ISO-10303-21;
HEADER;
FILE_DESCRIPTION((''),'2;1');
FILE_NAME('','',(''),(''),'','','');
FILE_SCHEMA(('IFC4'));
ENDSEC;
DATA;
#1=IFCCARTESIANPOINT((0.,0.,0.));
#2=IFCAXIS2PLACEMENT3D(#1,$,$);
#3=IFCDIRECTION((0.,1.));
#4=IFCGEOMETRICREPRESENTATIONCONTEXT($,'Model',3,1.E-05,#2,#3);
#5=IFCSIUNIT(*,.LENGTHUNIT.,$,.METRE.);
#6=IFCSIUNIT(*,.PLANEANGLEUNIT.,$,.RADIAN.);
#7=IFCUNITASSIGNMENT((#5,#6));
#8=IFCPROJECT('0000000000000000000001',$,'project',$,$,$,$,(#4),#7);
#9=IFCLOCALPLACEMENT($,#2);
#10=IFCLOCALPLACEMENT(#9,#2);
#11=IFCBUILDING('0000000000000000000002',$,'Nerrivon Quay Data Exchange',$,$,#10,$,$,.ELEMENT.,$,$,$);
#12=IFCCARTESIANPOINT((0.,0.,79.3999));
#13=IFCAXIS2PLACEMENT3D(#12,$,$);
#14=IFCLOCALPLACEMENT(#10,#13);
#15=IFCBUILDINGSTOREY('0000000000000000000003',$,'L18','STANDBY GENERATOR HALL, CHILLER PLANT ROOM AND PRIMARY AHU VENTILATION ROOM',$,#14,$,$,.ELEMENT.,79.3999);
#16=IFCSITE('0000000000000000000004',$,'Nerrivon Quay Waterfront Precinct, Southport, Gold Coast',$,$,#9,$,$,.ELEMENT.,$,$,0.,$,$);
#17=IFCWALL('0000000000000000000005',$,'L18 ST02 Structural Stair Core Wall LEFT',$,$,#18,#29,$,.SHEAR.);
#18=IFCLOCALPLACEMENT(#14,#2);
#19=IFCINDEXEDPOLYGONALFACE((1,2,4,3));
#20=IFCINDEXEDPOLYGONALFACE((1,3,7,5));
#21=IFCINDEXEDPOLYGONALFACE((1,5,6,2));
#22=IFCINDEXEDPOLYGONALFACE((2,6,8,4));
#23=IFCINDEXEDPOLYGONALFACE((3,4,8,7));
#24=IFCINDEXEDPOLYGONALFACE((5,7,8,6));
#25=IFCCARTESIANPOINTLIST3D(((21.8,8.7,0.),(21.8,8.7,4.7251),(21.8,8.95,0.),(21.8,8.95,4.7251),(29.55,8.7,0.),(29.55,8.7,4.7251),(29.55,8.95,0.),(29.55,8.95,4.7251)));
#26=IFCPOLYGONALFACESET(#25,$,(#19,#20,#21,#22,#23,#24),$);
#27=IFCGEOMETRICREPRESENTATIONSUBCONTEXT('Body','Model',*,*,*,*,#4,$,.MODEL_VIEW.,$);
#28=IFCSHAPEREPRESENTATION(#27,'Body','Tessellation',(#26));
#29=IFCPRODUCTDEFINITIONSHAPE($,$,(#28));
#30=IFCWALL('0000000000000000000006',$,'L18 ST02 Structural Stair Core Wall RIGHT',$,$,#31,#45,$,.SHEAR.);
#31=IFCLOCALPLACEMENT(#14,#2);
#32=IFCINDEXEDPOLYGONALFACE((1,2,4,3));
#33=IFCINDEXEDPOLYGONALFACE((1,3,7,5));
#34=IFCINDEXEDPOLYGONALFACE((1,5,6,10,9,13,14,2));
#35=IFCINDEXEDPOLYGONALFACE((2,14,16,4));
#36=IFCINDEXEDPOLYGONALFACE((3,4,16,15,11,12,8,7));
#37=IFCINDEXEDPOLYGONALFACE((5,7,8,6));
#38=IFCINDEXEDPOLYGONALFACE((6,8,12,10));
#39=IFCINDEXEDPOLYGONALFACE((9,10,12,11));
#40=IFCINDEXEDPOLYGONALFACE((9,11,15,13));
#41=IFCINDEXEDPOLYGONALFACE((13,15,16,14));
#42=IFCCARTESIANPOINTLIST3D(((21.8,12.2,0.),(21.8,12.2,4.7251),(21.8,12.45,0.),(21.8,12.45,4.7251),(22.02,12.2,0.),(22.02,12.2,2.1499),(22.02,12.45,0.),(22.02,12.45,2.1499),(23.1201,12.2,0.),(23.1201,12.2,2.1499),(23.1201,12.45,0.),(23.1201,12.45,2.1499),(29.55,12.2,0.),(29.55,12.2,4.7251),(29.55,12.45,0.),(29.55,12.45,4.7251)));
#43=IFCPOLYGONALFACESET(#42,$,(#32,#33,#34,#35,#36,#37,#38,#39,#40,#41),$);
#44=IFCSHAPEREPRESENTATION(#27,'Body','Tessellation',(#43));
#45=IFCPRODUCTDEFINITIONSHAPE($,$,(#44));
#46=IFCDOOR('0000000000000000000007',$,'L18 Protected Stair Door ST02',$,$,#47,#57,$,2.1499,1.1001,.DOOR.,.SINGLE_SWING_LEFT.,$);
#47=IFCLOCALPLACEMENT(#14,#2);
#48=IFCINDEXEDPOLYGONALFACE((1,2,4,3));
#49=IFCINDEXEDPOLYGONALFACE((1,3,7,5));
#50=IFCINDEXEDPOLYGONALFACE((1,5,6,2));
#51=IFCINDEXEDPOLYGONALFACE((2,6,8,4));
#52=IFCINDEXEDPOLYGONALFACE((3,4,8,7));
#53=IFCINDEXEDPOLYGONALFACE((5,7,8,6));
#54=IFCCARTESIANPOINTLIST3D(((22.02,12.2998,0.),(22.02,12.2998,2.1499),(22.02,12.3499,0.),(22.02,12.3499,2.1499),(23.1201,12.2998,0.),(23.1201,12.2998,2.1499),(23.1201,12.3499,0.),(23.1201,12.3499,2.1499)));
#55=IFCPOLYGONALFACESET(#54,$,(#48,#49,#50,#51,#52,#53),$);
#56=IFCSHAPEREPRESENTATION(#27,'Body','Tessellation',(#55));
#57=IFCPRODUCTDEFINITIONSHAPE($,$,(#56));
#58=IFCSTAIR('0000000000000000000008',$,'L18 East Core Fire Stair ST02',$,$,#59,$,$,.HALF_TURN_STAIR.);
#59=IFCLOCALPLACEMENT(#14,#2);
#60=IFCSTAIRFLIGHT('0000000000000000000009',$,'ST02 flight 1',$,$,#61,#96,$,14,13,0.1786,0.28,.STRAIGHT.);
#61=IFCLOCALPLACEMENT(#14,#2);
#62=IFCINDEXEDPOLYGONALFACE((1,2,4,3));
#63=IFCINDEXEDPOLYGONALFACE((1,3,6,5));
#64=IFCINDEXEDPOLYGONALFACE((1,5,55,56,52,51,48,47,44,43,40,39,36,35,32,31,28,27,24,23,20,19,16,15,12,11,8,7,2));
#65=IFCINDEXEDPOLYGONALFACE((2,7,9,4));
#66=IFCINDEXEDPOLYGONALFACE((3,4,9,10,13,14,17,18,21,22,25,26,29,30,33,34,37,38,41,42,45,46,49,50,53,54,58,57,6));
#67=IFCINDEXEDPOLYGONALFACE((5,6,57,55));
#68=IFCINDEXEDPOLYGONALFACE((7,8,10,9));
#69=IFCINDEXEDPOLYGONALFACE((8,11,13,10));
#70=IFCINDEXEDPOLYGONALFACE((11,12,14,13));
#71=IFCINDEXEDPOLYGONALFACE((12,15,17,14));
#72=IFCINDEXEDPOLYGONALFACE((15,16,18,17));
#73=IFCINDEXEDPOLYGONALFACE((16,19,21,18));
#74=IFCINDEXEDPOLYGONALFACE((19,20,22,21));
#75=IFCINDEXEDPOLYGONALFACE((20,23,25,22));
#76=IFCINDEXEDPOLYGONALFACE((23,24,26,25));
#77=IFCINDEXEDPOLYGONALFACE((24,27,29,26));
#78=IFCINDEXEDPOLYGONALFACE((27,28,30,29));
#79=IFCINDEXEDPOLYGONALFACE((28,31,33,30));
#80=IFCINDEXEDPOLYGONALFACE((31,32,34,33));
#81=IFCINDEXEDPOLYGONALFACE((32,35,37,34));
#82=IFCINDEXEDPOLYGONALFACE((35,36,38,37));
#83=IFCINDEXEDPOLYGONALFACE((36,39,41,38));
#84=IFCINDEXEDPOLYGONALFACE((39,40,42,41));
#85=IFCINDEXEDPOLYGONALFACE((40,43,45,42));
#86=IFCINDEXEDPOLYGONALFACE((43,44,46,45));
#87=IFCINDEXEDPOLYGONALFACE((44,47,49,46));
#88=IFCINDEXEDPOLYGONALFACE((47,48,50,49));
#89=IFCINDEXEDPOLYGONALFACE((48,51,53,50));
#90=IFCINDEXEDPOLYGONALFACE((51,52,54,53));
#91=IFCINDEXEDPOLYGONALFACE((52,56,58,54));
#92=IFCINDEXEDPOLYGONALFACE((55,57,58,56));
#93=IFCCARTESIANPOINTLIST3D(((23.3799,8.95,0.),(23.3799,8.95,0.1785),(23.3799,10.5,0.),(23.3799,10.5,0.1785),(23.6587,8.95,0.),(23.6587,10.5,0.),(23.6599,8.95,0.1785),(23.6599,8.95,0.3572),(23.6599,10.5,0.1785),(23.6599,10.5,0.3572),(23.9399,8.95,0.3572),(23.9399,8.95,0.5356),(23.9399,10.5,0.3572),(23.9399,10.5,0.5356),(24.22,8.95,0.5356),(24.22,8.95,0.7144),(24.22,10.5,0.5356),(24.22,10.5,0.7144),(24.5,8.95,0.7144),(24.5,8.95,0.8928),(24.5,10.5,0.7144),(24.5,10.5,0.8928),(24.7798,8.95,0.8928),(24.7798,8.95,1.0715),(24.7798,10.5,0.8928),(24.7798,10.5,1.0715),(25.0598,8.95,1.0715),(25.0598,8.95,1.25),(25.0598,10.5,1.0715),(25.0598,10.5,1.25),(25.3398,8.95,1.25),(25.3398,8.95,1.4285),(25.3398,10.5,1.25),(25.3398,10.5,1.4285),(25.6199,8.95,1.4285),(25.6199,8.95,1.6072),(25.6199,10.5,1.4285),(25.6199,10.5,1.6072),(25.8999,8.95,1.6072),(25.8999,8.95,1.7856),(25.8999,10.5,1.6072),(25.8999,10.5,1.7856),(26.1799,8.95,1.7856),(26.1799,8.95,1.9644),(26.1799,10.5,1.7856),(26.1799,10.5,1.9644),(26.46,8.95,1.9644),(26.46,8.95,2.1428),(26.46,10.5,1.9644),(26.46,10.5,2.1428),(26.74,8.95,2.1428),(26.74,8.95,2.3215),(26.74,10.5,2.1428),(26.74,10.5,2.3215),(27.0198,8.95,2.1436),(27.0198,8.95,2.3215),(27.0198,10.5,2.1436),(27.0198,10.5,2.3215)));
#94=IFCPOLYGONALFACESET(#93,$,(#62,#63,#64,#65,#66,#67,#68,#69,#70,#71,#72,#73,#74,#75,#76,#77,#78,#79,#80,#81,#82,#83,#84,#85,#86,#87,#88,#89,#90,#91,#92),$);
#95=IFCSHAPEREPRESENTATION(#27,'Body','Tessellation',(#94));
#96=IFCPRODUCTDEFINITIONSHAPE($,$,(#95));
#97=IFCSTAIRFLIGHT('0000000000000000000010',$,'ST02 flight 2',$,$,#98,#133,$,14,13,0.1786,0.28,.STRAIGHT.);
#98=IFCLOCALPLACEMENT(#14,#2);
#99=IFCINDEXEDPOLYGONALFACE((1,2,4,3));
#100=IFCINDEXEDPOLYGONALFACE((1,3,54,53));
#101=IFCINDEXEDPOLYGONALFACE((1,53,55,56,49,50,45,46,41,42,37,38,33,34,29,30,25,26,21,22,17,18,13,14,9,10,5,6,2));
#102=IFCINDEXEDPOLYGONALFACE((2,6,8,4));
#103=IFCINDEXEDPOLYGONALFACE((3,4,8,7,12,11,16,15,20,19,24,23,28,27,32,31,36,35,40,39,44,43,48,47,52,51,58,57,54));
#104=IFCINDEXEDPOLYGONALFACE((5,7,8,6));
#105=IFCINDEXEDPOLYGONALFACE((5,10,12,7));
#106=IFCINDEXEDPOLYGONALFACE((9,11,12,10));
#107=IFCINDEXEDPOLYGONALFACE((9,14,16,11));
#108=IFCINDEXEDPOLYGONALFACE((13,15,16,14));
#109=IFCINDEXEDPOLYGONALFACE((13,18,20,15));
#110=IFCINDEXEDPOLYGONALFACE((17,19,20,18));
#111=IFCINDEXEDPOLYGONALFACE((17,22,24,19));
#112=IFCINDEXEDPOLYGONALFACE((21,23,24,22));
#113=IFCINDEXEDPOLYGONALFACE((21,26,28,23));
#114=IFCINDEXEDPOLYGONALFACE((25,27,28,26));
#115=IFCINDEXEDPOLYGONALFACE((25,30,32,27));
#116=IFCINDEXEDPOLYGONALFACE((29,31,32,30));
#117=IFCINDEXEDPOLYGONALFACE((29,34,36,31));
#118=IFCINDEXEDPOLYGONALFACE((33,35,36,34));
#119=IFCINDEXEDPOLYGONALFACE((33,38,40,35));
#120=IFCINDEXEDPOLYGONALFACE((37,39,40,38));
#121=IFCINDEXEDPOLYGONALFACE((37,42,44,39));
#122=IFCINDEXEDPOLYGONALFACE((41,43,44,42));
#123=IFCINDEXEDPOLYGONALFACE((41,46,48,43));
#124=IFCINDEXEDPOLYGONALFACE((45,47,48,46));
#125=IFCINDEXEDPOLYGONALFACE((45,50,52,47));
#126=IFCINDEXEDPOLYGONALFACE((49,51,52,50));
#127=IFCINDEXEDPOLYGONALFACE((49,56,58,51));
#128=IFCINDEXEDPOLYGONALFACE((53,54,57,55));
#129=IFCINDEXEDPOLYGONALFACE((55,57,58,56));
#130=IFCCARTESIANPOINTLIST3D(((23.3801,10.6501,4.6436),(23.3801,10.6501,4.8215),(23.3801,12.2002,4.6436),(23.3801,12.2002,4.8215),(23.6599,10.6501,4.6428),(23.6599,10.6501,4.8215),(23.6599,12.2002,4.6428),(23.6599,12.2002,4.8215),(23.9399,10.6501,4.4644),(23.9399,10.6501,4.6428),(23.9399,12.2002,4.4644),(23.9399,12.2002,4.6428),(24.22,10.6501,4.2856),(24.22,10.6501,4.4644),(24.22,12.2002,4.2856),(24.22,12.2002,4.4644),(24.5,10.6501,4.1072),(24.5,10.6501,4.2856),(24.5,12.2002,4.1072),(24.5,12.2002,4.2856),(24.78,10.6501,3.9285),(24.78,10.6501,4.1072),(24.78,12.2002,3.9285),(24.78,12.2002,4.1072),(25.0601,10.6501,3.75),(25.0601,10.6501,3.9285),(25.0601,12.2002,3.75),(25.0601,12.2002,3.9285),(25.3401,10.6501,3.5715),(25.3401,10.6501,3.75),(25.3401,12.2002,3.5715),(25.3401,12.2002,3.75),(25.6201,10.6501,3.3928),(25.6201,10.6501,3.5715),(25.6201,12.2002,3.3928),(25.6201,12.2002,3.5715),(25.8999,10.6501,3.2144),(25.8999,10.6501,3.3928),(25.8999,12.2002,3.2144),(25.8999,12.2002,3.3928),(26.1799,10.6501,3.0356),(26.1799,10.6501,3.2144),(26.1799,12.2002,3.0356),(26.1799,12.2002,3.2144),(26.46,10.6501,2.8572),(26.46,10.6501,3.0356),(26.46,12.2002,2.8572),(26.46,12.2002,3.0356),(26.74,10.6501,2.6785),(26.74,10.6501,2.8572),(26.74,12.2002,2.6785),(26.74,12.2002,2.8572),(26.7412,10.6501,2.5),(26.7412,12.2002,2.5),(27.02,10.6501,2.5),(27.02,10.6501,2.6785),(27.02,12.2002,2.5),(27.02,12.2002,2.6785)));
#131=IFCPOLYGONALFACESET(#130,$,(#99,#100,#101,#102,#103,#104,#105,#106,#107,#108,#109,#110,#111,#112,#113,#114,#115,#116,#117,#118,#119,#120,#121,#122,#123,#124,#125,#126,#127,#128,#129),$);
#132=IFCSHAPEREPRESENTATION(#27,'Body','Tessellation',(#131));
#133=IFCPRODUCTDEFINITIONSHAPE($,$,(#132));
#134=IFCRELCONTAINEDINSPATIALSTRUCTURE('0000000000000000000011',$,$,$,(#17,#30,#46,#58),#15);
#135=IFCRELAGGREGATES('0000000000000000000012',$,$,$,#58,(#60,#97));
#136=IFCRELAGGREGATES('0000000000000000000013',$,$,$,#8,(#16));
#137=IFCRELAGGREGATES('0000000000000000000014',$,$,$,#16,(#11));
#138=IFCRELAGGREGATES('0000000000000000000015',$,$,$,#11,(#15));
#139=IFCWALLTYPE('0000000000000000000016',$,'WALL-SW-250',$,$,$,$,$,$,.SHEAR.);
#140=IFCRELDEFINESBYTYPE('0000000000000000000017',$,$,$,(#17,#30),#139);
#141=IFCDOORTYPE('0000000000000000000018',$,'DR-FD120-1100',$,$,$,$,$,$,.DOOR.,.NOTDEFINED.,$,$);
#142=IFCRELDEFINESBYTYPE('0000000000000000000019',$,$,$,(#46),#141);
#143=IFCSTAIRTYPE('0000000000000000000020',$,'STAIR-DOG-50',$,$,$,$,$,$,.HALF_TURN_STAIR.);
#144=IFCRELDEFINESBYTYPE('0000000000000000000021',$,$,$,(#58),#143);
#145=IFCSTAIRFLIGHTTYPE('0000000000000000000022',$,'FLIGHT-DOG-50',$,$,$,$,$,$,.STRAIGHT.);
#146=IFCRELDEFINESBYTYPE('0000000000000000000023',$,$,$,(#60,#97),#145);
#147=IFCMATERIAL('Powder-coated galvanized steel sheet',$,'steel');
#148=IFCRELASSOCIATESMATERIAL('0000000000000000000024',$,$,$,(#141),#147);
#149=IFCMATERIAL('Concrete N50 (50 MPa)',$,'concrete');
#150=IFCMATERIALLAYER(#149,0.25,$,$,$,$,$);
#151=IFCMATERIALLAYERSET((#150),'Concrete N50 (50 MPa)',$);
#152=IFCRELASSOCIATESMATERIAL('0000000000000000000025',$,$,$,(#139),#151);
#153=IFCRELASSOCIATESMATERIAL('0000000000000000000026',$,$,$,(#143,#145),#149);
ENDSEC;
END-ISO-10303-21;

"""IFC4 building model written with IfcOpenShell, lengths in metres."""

from ifc_helpers import new_model, si_unit, direction, frame, frame_2d, origin, place, context, subcontext, project, spatial, polyline, rectangle, outline, extrude, material, layer, layer_set, type_object, element, fill, aggregate, save


model = new_model("IFC4")

# Units and contexts
model_context = context("Model", 3, precision=1e-05, world=origin(), true_north=direction((0.0, 1.0)))
body_context = subcontext(model_context, "Body", "Model", "MODEL_VIEW")
ifc_project = project(units=[si_unit("LENGTHUNIT", "METRE"), si_unit("PLANEANGLEUNIT", "RADIAN")], contexts=[model_context])

# Site, building, storey
site_placement = place(None, origin())
site = spatial("IfcSite", under=ifc_project, at=site_placement, Name="Nerrivon Quay Waterfront Precinct, Southport, Gold Coast", CompositionType="ELEMENT", RefElevation=0.0)
building_placement = place(site_placement, origin())
building = spatial("IfcBuilding", under=site, at=building_placement, Name="Nerrivon Quay Data Exchange", CompositionType="ELEMENT")
storey_placement = place(building_placement, frame((0.0, 0.0, 79.3999)))
storey = spatial("IfcBuildingStorey", under=building, at=storey_placement, Name="L18", Description="STANDBY GENERATOR HALL, CHILLER PLANT ROOM AND PRIMARY AHU VENTILATION ROOM", CompositionType="ELEMENT", Elevation=79.3999)

# Shared definitions
ifc_material_1 = material(Name="Powder-coated galvanized steel sheet", Category="steel")
door_type_1 = type_object("IfcDoorType", Name="DR-FD120-1100", OperationType="NOTDEFINED", PredefinedType="DOOR", material=ifc_material_1)

# Wall
ifc_material_2 = material(Name="Concrete N50 (50 MPa)", Category="concrete")
ifc_layer_1 = layer(ifc_material_2, 0.25)
ifc_layer_set_1 = layer_set([ifc_layer_1], Name="Concrete N50 (50 MPa)")
wall_type_1 = type_object("IfcWallType", Name="WALL-SW-250", PredefinedType="SHEAR", material=ifc_layer_set_1)
wall_1_placement = place(storey_placement, frame((21.8, 8.825, 0.0), z_axis=(0.0, 0.0, 1.0), x_axis=(1.0, 0.0, 0.0)))
element("IfcWall", 1, at=wall_1_placement, inside=storey, type_object=wall_type_1, Name="L18 ST02 Structural Stair Core Wall LEFT", PredefinedType="SHEAR", context=body_context, shape_type="SweptSolid", body=[
    extrude(rectangle(XDim=7.75, YDim=0.25, at=frame_2d((3.875, 0.0))), origin(), (0.0, 0.0, 1.0), 4.7251),
])

# Wall, opening, door
wall_2_placement = place(storey_placement, frame((21.8, 12.325, 0.0), z_axis=(0.0, 0.0, 1.0), x_axis=(1.0, 0.0, 0.0)))
wall_2 = element("IfcWall", 2, at=wall_2_placement, inside=storey, type_object=wall_type_1, Name="L18 ST02 Structural Stair Core Wall RIGHT", PredefinedType="SHEAR", context=body_context, shape_type="SweptSolid", body=[
    extrude(rectangle(XDim=7.75, YDim=0.25, at=frame_2d((3.875, 0.0))), origin(), (0.0, 0.0, 1.0), 4.7251),
])
opening_1_placement = place(wall_2_placement, frame((0.22, 0.0, 0.0)))
opening_1 = element("IfcOpeningElement", 3, at=opening_1_placement, cuts=wall_2, PredefinedType="OPENING", context=body_context, shape_type="SweptSolid", body=[
    extrude(rectangle(XDim=1.1001, YDim=2.1499, at=frame_2d((0.55, 1.075))), frame((0.0, 0.135, 0.0), z_axis=(0.0, -1.0, 0.0), x_axis=(1.0, 0.0, 0.0)), (0.0, 0.0, 1.0), 0.27),
])
door_1_placement = place(opening_1_placement, origin())
door_1 = element("IfcDoor", 4, at=door_1_placement, inside=storey, type_object=door_type_1, Name="L18 Protected Stair Door ST02", OperationType="SINGLE_SWING_LEFT", OverallHeight=2.1499, OverallWidth=1.1001, PredefinedType="DOOR", context=body_context, shape_type="SweptSolid", body=[
    extrude(rectangle(XDim=1.1001, YDim=2.1499, at=frame_2d((0.55, 1.075))), frame((0.0, 0.0249, 0.0), z_axis=(0.0, -1.0, 0.0), x_axis=(1.0, 0.0, 0.0)), (0.0, 0.0, 1.0), 0.05),
])
fill(opening_1, door_1)

# Stair, stair flights
stair_type = type_object("IfcStairType", Name="STAIR-DOG-50", PredefinedType="HALF_TURN_STAIR", material=ifc_material_2)
stair_placement = place(storey_placement, origin())
stair = element("IfcStair", 5, at=stair_placement, inside=storey, type_object=stair_type, Name="L18 East Core Fire Stair ST02", PredefinedType="HALF_TURN_STAIR")
stair_flight_type = type_object("IfcStairFlightType", Name="FLIGHT-DOG-50", PredefinedType="STRAIGHT", material=ifc_material_2)
stair_flight_1_placement = place(storey_placement, frame((23.3799, 9.7251, 0.0), z_axis=(0.0, 0.0, 1.0), x_axis=(1.0, 0.0, 0.0)))
stair_flight_1 = element("IfcStairFlight", 6, at=stair_flight_1_placement, type_object=stair_flight_type, Name="ST02 flight 1", NumberOfRisers=14, NumberOfTreads=13, PredefinedType="STRAIGHT", RiserHeight=0.1786, TreadLength=0.28, context=body_context, shape_type="SweptSolid", body=[
    extrude(outline(polyline([(0.0, 0.0), (0.0, 0.1785), (0.28, 0.1785), (0.28, 0.3572), (0.5601, 0.3572), (0.5601, 0.5356), (0.8401, 0.5356), (0.8401, 0.7144), (1.1201, 0.7144), (1.1201, 0.8928), (1.3999, 0.8928), (1.3999, 1.0715), (1.6799, 1.0715), (1.6799, 1.25), (1.96, 1.25), (1.96, 1.4285), (2.24, 1.4285), (2.24, 1.6072), (2.52, 1.6072), (2.52, 1.7856), (2.8, 1.7856), (2.8, 1.9644), (3.0801, 1.9644), (3.0801, 2.1428), (3.3601, 2.1428), (3.3601, 2.3215), (3.6399, 2.3215), (3.6399, 2.5), (3.6399, 2.1436), (0.2788, 0.0), (0.0, 0.0)])), frame((0.0, 0.7749, 0.0), z_axis=(0.0, -1.0, 0.0), x_axis=(1.0, 0.0, 0.0)), (0.0, 0.0, 1.0), 1.55),
])
stair_flight_2_placement = place(storey_placement, frame((27.02, 11.425, 2.5), z_axis=(0.0, 0.0, 1.0), x_axis=(-1.0, 0.0, 0.0)))
stair_flight_2 = element("IfcStairFlight", 7, at=stair_flight_2_placement, type_object=stair_flight_type, Name="ST02 flight 2", NumberOfRisers=14, NumberOfTreads=13, PredefinedType="STRAIGHT", RiserHeight=0.1786, TreadLength=0.28, context=body_context, shape_type="SweptSolid", body=[
    extrude(outline(polyline([(0.0, 0.0), (0.0, 0.1785), (0.28, 0.1785), (0.28, 0.3572), (0.5601, 0.3572), (0.5601, 0.5356), (0.8401, 0.5356), (0.8401, 0.7144), (1.1201, 0.7144), (1.1201, 0.8928), (1.3999, 0.8928), (1.3999, 1.0715), (1.6799, 1.0715), (1.6799, 1.25), (1.96, 1.25), (1.96, 1.4285), (2.24, 1.4285), (2.24, 1.6072), (2.52, 1.6072), (2.52, 1.7856), (2.8, 1.7856), (2.8, 1.9644), (3.0801, 1.9644), (3.0801, 2.1428), (3.3601, 2.1428), (3.3601, 2.3215), (3.6399, 2.3215), (3.6399, 2.5), (3.6399, 2.1436), (0.2788, 0.0), (0.0, 0.0)])), frame((0.0, 0.7749, 0.0), z_axis=(0.0, -1.0, 0.0), x_axis=(1.0, 0.0, 0.0)), (0.0, 0.0, 1.0), 1.55),
])
aggregate(stair, [stair_flight_1, stair_flight_2])

save(model, "model.ifc")
